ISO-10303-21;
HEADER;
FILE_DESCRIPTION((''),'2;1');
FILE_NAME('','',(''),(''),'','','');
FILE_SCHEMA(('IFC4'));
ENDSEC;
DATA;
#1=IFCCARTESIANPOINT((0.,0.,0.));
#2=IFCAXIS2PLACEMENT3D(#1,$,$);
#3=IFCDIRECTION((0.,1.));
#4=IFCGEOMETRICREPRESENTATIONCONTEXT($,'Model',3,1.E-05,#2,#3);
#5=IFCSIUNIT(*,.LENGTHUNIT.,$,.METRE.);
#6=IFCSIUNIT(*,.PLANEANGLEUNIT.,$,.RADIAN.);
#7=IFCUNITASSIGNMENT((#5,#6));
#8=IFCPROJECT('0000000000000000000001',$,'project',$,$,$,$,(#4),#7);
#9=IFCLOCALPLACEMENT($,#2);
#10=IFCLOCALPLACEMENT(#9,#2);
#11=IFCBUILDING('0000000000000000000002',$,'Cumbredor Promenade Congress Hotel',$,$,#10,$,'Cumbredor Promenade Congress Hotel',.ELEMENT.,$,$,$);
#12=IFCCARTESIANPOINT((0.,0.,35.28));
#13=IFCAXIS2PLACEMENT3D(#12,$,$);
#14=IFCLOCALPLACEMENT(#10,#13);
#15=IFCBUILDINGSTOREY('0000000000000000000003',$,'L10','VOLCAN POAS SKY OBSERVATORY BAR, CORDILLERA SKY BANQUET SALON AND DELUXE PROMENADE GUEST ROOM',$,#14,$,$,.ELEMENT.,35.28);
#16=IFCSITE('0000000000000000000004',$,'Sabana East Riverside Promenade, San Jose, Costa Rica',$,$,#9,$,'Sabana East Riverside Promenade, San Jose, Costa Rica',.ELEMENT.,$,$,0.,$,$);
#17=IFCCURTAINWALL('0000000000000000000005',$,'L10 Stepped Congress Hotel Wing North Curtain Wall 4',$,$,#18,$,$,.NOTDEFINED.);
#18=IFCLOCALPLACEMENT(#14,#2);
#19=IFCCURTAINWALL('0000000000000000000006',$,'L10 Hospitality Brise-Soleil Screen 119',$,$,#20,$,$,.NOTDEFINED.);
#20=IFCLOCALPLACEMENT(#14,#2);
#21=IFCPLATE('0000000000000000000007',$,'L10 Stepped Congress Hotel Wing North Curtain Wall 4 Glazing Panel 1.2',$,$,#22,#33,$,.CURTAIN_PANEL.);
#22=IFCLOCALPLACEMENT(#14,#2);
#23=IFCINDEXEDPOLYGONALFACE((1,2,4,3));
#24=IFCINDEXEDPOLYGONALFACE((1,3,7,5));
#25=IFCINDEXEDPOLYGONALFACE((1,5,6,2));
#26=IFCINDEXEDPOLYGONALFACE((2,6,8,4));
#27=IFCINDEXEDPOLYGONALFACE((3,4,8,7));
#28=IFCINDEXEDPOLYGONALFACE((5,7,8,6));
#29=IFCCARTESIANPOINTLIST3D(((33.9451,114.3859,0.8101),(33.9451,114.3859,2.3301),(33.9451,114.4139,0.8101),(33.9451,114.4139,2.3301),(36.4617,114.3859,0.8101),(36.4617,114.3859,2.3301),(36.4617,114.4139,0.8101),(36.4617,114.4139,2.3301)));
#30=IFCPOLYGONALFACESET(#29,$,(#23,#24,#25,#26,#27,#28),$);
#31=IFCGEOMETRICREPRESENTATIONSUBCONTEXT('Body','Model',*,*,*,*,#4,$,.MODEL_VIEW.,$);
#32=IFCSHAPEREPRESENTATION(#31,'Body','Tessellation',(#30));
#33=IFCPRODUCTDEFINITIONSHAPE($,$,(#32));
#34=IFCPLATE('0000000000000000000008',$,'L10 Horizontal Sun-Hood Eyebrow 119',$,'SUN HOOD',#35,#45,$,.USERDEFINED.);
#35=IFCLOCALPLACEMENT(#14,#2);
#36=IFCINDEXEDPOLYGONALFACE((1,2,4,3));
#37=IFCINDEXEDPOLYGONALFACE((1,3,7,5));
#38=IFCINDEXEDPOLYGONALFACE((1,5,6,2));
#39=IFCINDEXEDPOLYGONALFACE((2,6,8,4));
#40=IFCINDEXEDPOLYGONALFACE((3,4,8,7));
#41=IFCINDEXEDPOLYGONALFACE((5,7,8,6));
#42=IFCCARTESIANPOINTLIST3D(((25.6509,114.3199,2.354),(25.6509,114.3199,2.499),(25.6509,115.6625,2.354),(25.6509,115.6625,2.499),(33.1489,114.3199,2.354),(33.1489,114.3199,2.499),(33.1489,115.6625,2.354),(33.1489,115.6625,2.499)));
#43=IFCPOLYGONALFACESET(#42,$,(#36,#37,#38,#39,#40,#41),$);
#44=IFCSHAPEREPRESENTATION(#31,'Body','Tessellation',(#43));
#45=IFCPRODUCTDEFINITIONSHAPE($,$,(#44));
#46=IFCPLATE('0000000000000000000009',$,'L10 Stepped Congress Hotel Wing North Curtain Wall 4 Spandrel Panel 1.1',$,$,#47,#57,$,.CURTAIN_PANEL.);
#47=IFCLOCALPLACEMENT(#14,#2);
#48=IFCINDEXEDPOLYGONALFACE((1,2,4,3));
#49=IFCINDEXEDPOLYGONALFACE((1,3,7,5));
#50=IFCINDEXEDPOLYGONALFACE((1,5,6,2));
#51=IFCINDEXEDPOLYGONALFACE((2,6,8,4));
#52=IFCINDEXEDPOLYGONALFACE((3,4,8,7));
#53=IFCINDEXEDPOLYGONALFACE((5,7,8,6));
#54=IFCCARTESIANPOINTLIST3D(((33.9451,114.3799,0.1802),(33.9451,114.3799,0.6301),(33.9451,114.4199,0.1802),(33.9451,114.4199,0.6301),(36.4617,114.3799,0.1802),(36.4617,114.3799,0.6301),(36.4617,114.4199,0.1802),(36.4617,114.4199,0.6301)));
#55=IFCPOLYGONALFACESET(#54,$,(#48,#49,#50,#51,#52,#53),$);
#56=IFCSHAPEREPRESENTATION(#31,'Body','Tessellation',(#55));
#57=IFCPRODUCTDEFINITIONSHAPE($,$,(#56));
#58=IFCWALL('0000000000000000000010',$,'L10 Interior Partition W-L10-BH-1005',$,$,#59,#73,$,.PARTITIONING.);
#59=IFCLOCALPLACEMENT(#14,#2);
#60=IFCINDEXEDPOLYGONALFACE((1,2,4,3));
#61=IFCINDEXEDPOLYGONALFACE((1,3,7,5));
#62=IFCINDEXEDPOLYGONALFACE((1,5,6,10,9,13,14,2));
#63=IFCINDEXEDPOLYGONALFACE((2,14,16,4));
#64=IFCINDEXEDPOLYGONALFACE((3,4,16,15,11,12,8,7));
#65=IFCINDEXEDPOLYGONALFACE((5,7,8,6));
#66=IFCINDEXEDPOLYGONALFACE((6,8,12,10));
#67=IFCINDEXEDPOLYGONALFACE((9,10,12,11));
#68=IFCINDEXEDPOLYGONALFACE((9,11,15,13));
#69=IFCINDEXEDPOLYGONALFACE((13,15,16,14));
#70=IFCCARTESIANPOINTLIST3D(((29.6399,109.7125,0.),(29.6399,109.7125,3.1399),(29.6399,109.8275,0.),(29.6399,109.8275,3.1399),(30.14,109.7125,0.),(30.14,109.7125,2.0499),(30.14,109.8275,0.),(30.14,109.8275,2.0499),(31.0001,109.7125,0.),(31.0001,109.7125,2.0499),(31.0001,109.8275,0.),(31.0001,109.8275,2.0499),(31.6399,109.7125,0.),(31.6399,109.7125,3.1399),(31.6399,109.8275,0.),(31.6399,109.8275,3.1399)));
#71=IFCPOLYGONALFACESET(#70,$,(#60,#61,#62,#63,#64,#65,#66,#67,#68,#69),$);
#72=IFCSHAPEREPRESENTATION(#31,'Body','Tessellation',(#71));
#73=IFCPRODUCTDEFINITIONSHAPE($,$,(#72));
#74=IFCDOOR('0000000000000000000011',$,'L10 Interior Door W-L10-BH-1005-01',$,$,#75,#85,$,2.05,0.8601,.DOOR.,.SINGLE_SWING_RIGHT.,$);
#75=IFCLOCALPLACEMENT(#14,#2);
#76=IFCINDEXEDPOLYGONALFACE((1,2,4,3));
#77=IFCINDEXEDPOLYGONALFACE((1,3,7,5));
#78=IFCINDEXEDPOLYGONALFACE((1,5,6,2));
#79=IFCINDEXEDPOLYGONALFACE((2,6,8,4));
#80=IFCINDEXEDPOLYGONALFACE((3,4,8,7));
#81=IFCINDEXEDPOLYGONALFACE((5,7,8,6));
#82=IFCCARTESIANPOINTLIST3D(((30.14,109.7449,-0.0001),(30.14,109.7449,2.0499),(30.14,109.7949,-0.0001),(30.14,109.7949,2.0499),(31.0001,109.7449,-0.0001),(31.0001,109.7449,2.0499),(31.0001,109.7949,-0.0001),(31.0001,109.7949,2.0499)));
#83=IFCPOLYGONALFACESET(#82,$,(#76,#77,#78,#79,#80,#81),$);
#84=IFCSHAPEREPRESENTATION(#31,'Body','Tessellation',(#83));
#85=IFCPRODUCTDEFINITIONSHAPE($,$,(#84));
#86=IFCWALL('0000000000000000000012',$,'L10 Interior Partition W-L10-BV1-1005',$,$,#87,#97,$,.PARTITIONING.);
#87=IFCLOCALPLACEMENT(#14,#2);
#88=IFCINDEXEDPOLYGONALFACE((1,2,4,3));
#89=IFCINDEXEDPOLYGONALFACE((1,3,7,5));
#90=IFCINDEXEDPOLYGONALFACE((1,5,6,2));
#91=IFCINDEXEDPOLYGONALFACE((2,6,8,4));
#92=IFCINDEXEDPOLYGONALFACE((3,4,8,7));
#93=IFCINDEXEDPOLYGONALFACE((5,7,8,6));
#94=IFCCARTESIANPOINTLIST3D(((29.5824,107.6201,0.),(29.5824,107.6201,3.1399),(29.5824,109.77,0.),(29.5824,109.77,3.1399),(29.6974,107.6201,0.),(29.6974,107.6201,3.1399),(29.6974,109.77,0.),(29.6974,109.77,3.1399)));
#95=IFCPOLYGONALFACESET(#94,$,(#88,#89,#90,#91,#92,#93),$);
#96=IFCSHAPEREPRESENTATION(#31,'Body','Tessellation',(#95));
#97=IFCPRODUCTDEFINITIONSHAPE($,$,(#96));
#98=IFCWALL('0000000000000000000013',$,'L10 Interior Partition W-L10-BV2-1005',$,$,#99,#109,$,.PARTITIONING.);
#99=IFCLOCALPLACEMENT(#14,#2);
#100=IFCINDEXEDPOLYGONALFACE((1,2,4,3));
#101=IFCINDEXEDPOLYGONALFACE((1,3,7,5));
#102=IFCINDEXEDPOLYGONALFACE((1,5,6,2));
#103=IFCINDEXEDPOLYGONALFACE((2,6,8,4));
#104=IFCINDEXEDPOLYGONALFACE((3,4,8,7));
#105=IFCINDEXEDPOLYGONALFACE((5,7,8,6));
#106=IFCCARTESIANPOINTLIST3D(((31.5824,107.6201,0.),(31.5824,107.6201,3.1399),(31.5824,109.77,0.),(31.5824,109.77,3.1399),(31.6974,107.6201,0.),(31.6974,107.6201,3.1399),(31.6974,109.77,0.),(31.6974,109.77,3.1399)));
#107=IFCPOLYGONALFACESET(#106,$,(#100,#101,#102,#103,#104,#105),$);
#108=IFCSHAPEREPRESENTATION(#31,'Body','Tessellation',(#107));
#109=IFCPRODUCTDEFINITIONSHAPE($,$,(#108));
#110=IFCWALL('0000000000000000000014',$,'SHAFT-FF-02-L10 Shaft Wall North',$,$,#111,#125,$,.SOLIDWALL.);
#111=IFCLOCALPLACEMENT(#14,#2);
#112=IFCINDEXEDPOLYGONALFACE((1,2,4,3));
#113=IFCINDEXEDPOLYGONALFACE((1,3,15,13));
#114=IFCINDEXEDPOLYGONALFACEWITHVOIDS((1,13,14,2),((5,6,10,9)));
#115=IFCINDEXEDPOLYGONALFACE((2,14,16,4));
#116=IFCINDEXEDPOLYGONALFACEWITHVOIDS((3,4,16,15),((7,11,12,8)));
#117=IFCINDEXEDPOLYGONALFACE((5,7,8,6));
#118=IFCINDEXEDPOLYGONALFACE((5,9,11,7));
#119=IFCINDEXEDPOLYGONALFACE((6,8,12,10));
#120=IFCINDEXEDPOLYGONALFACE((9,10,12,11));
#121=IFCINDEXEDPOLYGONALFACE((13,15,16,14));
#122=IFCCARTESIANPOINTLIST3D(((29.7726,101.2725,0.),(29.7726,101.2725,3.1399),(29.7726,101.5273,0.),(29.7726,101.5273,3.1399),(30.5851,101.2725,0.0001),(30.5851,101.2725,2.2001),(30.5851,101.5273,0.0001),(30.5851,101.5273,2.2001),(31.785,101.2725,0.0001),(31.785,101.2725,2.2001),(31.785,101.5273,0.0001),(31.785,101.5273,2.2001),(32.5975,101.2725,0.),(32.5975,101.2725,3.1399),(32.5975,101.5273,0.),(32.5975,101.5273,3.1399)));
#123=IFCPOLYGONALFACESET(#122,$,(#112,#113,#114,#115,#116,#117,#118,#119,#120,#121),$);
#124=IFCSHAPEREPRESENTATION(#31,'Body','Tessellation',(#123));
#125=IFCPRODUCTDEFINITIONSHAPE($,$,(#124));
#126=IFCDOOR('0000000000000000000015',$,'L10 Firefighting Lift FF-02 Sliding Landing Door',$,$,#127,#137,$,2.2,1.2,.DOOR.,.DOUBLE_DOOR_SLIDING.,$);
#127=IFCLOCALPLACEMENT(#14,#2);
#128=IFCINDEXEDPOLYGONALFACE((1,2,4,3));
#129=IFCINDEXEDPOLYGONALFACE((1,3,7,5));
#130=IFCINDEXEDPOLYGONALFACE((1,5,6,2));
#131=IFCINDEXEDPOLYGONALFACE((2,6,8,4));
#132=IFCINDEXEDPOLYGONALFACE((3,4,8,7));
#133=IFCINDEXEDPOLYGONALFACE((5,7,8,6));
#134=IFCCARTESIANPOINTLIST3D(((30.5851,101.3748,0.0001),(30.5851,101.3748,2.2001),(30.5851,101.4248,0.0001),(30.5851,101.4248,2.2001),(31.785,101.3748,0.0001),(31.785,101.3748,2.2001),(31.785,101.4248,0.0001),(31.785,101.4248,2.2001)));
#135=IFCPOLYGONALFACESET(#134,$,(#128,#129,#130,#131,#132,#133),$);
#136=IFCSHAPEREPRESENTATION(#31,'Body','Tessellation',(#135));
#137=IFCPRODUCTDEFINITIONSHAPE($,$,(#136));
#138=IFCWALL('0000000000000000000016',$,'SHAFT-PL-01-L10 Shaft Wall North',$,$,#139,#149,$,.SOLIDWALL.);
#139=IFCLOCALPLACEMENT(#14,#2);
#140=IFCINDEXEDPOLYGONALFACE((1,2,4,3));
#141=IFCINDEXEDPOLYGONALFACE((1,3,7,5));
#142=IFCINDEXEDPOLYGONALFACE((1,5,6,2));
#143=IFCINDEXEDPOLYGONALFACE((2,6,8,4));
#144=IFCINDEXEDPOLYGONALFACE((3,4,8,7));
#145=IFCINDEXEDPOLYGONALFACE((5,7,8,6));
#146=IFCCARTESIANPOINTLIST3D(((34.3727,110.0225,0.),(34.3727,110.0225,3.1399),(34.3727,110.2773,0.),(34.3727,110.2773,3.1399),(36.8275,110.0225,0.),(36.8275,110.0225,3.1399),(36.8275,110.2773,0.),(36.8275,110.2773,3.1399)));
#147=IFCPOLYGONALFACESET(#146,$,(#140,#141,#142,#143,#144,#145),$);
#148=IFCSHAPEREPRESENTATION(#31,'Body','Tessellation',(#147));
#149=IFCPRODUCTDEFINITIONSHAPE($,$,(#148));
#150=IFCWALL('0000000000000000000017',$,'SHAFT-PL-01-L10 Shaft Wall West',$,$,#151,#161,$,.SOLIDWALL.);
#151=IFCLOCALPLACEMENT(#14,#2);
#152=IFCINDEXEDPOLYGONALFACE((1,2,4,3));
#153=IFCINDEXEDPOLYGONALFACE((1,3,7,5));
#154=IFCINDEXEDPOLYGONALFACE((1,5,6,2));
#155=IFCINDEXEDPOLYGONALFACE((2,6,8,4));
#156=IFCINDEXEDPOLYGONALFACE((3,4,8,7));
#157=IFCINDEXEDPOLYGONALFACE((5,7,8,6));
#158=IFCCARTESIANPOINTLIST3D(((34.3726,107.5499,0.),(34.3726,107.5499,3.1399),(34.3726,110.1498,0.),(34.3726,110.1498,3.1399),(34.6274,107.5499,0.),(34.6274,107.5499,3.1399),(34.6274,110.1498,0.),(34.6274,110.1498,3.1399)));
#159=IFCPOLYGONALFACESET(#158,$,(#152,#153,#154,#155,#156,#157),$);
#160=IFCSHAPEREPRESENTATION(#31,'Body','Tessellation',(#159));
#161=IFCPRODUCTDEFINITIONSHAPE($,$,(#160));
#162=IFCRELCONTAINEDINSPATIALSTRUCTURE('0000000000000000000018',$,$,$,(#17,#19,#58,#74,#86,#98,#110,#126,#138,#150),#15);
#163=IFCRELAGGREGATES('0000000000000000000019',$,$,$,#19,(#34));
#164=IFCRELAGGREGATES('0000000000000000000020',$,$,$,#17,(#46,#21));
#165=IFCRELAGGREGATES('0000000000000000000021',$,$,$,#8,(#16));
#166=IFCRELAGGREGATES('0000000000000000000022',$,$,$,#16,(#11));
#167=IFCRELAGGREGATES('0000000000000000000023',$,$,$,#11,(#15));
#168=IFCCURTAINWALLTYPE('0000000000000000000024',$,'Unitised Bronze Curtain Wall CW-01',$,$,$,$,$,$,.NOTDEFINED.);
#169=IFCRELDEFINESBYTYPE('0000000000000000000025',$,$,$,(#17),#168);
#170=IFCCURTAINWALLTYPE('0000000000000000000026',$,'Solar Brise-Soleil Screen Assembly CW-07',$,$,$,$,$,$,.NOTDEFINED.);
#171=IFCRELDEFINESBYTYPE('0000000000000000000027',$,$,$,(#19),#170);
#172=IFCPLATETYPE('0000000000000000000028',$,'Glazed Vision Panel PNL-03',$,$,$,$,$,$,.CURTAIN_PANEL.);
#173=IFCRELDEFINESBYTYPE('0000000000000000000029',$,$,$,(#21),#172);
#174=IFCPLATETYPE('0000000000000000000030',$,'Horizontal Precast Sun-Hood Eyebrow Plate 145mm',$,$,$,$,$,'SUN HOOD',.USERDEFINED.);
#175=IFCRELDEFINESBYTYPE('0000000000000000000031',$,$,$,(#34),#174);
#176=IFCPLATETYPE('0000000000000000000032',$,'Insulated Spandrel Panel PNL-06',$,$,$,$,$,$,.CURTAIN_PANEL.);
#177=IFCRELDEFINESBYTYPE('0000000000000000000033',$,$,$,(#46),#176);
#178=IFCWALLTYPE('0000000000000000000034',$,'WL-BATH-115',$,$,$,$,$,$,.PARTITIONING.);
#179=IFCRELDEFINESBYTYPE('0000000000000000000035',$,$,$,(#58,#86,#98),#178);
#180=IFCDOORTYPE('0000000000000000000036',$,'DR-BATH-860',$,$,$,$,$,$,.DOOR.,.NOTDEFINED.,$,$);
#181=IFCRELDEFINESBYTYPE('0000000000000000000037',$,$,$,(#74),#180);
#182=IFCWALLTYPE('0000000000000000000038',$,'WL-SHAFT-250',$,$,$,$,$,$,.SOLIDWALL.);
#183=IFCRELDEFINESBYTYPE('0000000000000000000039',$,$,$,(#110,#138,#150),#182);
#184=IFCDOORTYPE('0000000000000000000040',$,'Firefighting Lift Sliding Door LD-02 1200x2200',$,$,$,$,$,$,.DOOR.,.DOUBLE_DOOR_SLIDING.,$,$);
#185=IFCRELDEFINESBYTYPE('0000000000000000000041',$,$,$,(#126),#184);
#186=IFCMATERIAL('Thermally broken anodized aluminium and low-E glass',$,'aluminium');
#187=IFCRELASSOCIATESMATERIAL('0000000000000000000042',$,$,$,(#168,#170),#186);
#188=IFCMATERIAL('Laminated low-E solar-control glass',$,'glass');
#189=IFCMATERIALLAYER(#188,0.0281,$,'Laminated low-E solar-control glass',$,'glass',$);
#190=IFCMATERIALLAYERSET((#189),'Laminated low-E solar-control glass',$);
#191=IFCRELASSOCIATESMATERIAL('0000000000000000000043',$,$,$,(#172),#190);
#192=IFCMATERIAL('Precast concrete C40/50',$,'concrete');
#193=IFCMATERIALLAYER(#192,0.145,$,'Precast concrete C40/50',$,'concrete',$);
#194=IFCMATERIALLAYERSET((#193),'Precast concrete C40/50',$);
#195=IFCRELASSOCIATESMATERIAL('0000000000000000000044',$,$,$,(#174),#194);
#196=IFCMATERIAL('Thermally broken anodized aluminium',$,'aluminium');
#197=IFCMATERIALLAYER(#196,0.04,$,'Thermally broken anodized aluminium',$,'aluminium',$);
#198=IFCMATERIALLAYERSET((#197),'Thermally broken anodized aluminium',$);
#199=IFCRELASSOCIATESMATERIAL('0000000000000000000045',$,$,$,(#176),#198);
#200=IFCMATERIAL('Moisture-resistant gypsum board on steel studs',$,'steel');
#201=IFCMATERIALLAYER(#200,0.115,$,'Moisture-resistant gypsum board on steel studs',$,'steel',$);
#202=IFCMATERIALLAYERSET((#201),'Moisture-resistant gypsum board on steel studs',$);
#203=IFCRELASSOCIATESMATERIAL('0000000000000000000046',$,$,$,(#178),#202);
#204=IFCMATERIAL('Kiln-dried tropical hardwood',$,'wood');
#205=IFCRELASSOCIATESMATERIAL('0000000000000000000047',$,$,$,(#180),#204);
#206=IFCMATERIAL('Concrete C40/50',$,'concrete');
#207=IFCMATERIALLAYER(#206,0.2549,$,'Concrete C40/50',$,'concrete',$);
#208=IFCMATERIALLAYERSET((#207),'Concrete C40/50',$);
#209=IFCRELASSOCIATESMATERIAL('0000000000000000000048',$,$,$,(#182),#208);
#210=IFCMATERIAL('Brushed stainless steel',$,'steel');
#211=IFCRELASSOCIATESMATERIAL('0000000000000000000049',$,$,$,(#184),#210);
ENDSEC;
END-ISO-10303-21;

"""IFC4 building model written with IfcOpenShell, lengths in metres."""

from ifc_helpers import new_model, si_unit, direction, frame, frame_2d, origin, origin_2d, place, context, subcontext, project, spatial, rectangle, extrude, material, layer, layer_set, type_object, element, fill, aggregate, save


model = new_model("IFC4")

# Units and contexts
model_context = context("Model", 3, precision=1e-05, world=origin(), true_north=direction((0.0, 1.0)))
body_context = subcontext(model_context, "Body", "Model", "MODEL_VIEW")
ifc_project = project(units=[si_unit("LENGTHUNIT", "METRE"), si_unit("PLANEANGLEUNIT", "RADIAN")], contexts=[model_context])

# Site, building, storey
site_placement = place(None, origin())
site = spatial("IfcSite", under=ifc_project, at=site_placement, Name="Sabana East Riverside Promenade, San Jose, Costa Rica", LongName="Sabana East Riverside Promenade, San Jose, Costa Rica", CompositionType="ELEMENT", RefElevation=0.0)
building_placement = place(site_placement, origin())
building = spatial("IfcBuilding", under=site, at=building_placement, Name="Cumbredor Promenade Congress Hotel", LongName="Cumbredor Promenade Congress Hotel", CompositionType="ELEMENT")
storey_placement = place(building_placement, frame((0.0, 0.0, 35.28)))
storey = spatial("IfcBuildingStorey", under=building, at=storey_placement, Name="L10", Description="VOLCAN POAS SKY OBSERVATORY BAR, CORDILLERA SKY BANQUET SALON AND DELUXE PROMENADE GUEST ROOM", CompositionType="ELEMENT", Elevation=35.28)

# Shared definitions
ifc_material_1 = material(Name="Concrete C40/50", Category="concrete")

# Curtain wall
ifc_material_2 = material(Name="Thermally broken anodized aluminium and low-E glass", Category="aluminium")
curtain_wall_type_1 = type_object("IfcCurtainWallType", Name="Unitised Bronze Curtain Wall CW-01", PredefinedType="NOTDEFINED", material=ifc_material_2)
curtain_wall_1_placement = place(storey_placement, origin())
curtain_wall_1 = element("IfcCurtainWall", 1, at=curtain_wall_1_placement, inside=storey, type_object=curtain_wall_type_1, Name="L10 Stepped Congress Hotel Wing North Curtain Wall 4", PredefinedType="NOTDEFINED")
ifc_material_3 = material(Name="Thermally broken anodized aluminium", Category="aluminium")

# Curtain wall
curtain_wall_type_2 = type_object("IfcCurtainWallType", Name="Solar Brise-Soleil Screen Assembly CW-07", PredefinedType="NOTDEFINED", material=ifc_material_2)
curtain_wall_2_placement = place(storey_placement, origin())
curtain_wall_2 = element("IfcCurtainWall", 2, at=curtain_wall_2_placement, inside=storey, type_object=curtain_wall_type_2, Name="L10 Hospitality Brise-Soleil Screen 119", PredefinedType="NOTDEFINED")

# Plates
ifc_material_4 = material(Name="Laminated low-E solar-control glass", Category="glass")
ifc_layer_1 = layer(ifc_material_4, 0.0281, Name="Laminated low-E solar-control glass", Category="glass")
ifc_layer_set_1 = layer_set([ifc_layer_1], Name="Laminated low-E solar-control glass")
plate_type_1 = type_object("IfcPlateType", Name="Glazed Vision Panel PNL-03", PredefinedType="CURTAIN_PANEL", material=ifc_layer_set_1)
plate_1_placement = place(storey_placement, frame((35.2034, 114.3999, 0.8101), z_axis=(0.0, 0.0, 1.0), x_axis=(1.0, 0.0, 0.0)))
plate_1 = element("IfcPlate", 3, at=plate_1_placement, type_object=plate_type_1, Name="L10 Stepped Congress Hotel Wing North Curtain Wall 4 Glazing Panel 1.2", PredefinedType="CURTAIN_PANEL", context=body_context, shape_type="SweptSolid", body=[
    extrude(rectangle(XDim=2.5166, YDim=0.0281, at=origin_2d()), origin(), (0.0, 0.0, 1.0), 1.52),
])
ifc_material_5 = material(Name="Precast concrete C40/50", Category="concrete")
ifc_layer_2 = layer(ifc_material_5, 0.145, Name="Precast concrete C40/50", Category="concrete")
ifc_layer_set_2 = layer_set([ifc_layer_2], Name="Precast concrete C40/50")
plate_type_2 = type_object("IfcPlateType", Name="Horizontal Precast Sun-Hood Eyebrow Plate 145mm", ElementType="SUN HOOD", PredefinedType="USERDEFINED", material=ifc_layer_set_2)
plate_2_placement = place(storey_placement, frame((29.3999, 114.9912, 2.354), z_axis=(0.0, 0.0, 1.0), x_axis=(1.0, 0.0, 0.0)))
plate_2 = element("IfcPlate", 4, at=plate_2_placement, type_object=plate_type_2, Name="L10 Horizontal Sun-Hood Eyebrow 119", ObjectType="SUN HOOD", PredefinedType="USERDEFINED", context=body_context, shape_type="SweptSolid", body=[
    extrude(rectangle(XDim=7.498, YDim=1.3425, at=origin_2d()), origin(), (0.0, 0.0, 1.0), 0.145),
])
aggregate(curtain_wall_2, [plate_2])
ifc_layer_3 = layer(ifc_material_3, 0.04, Name="Thermally broken anodized aluminium", Category="aluminium")
ifc_layer_set_3 = layer_set([ifc_layer_3], Name="Thermally broken anodized aluminium")
plate_type_3 = type_object("IfcPlateType", Name="Insulated Spandrel Panel PNL-06", PredefinedType="CURTAIN_PANEL", material=ifc_layer_set_3)
plate_3_placement = place(storey_placement, frame((35.2034, 114.3999, 0.1802), z_axis=(0.0, 0.0, 1.0), x_axis=(1.0, 0.0, 0.0)))
plate_3 = element("IfcPlate", 5, at=plate_3_placement, type_object=plate_type_3, Name="L10 Stepped Congress Hotel Wing North Curtain Wall 4 Spandrel Panel 1.1", PredefinedType="CURTAIN_PANEL", context=body_context, shape_type="SweptSolid", body=[
    extrude(rectangle(XDim=2.5166, YDim=0.04, at=origin_2d()), origin(), (0.0, 0.0, 1.0), 0.45),
])
aggregate(curtain_wall_1, [plate_3, plate_1])

# Wall, opening, door
ifc_material_6 = material(Name="Moisture-resistant gypsum board on steel studs", Category="steel")
ifc_layer_4 = layer(ifc_material_6, 0.115, Name="Moisture-resistant gypsum board on steel studs", Category="steel")
ifc_layer_set_4 = layer_set([ifc_layer_4], Name="Moisture-resistant gypsum board on steel studs")
wall_type_1 = type_object("IfcWallType", Name="WL-BATH-115", PredefinedType="PARTITIONING", material=ifc_layer_set_4)
wall_1_placement = place(storey_placement, frame((29.6399, 109.77, 0.0), z_axis=(0.0, 0.0, 1.0), x_axis=(1.0, 0.0, 0.0)))
wall_1 = element("IfcWall", 6, at=wall_1_placement, inside=storey, type_object=wall_type_1, Name="L10 Interior Partition W-L10-BH-1005", PredefinedType="PARTITIONING", context=body_context, shape_type="SweptSolid", body=[
    extrude(rectangle(XDim=2.0, YDim=0.115, at=frame_2d((1.0, 0.0))), origin(), (0.0, 0.0, 1.0), 3.1399),
])
opening_1_placement = place(wall_1_placement, frame((0.5, 0.0, 0.0)))
opening_1 = element("IfcOpeningElement", 7, at=opening_1_placement, cuts=wall_1, PredefinedType="OPENING", context=body_context, shape_type="SweptSolid", body=[
    extrude(rectangle(XDim=0.8601, YDim=2.05, at=frame_2d((0.4302, 1.0249))), frame((0.0, 0.0674, 0.0), z_axis=(0.0, -1.0, 0.0), x_axis=(1.0, 0.0, 0.0)), (0.0, 0.0, 1.0), 0.135),
])
ifc_material_7 = material(Name="Kiln-dried tropical hardwood", Category="wood")
door_type_1 = type_object("IfcDoorType", Name="DR-BATH-860", OperationType="NOTDEFINED", PredefinedType="DOOR", material=ifc_material_7)
door_1_placement = place(opening_1_placement, origin())
door_1 = element("IfcDoor", 8, at=door_1_placement, inside=storey, type_object=door_type_1, Name="L10 Interior Door W-L10-BH-1005-01", OperationType="SINGLE_SWING_RIGHT", OverallHeight=2.05, OverallWidth=0.8601, PredefinedType="DOOR", context=body_context, shape_type="SweptSolid", body=[
    extrude(rectangle(XDim=0.8601, YDim=2.05, at=frame_2d((0.4302, 1.0249))), frame((0.0, 0.0249, 0.0), z_axis=(0.0, -1.0, 0.0), x_axis=(1.0, 0.0, 0.0)), (0.0, 0.0, 1.0), 0.05),
])
fill(opening_1, door_1)

# Walls
for number, where, z_axis, x_axis, name in (
    (9, (29.6399, 107.6201, 0.0), (0.0, 0.0, 1.0), (0.0, 1.0, 0.0), "L10 Interior Partition W-L10-BV1-1005"),
    (10, (31.6399, 107.6201, 0.0), (0.0, 0.0, 1.0), (0.0, 1.0, 0.0), "L10 Interior Partition W-L10-BV2-1005"),
):
    element("IfcWall", number, at=place(storey_placement, frame(where, z_axis=z_axis, x_axis=x_axis)), inside=storey, type_object=wall_type_1, Name=name, PredefinedType="PARTITIONING", context=body_context, shape_type="SweptSolid", body=[
        extrude(rectangle(XDim=2.1499, YDim=0.115, at=frame_2d((1.075, 0.0))), origin(), (0.0, 0.0, 1.0), 3.1399),
    ])

# Wall, opening, door
ifc_layer_5 = layer(ifc_material_1, 0.2549, Name="Concrete C40/50", Category="concrete")
ifc_layer_set_5 = layer_set([ifc_layer_5], Name="Concrete C40/50")
wall_type_2 = type_object("IfcWallType", Name="WL-SHAFT-250", PredefinedType="SOLIDWALL", material=ifc_layer_set_5)
wall_2_placement = place(storey_placement, frame((29.7725, 101.3999, 0.0), z_axis=(0.0, 0.0, 1.0), x_axis=(1.0, 0.0, 0.0)))
wall_2 = element("IfcWall", 11, at=wall_2_placement, inside=storey, type_object=wall_type_2, Name="SHAFT-FF-02-L10 Shaft Wall North", PredefinedType="SOLIDWALL", context=body_context, shape_type="SweptSolid", body=[
    extrude(rectangle(XDim=2.825, YDim=0.2549, at=frame_2d((1.4126, 0.0))), origin(), (0.0, 0.0, 1.0), 3.1399),
])
opening_2_placement = place(wall_2_placement, frame((0.8125, 0.0, 0.0)))
opening_2 = element("IfcOpeningElement", 12, at=opening_2_placement, cuts=wall_2, PredefinedType="OPENING", context=body_context, shape_type="SweptSolid", body=[
    extrude(rectangle(XDim=1.2, YDim=2.2, at=frame_2d((0.6001, 1.1001))), frame((0.0, 0.1375, 0.0), z_axis=(0.0, -1.0, 0.0), x_axis=(1.0, 0.0, 0.0)), (0.0, 0.0, 1.0), 0.2749),
])
ifc_material_8 = material(Name="Brushed stainless steel", Category="steel")
door_type_2 = type_object("IfcDoorType", Name="Firefighting Lift Sliding Door LD-02 1200x2200", OperationType="DOUBLE_DOOR_SLIDING", PredefinedType="DOOR", material=ifc_material_8)
door_2_placement = place(opening_2_placement, origin())
door_2 = element("IfcDoor", 13, at=door_2_placement, inside=storey, type_object=door_type_2, Name="L10 Firefighting Lift FF-02 Sliding Landing Door", OperationType="DOUBLE_DOOR_SLIDING", OverallHeight=2.2, OverallWidth=1.2, PredefinedType="DOOR", context=body_context, shape_type="SweptSolid", body=[
    extrude(rectangle(XDim=1.2, YDim=2.2, at=frame_2d((0.6001, 1.1001))), frame((0.0, 0.0249, 0.0), z_axis=(0.0, -1.0, 0.0), x_axis=(1.0, 0.0, 0.0)), (0.0, 0.0, 1.0), 0.05),
])
fill(opening_2, door_2)

# Walls
wall_3_placement = place(storey_placement, frame((34.3726, 110.1499, 0.0), z_axis=(0.0, 0.0, 1.0), x_axis=(1.0, 0.0, 0.0)))
element("IfcWall", 14, at=wall_3_placement, inside=storey, type_object=wall_type_2, Name="SHAFT-PL-01-L10 Shaft Wall North", PredefinedType="SOLIDWALL", context=body_context, shape_type="SweptSolid", body=[
    extrude(rectangle(XDim=2.4548, YDim=0.2549, at=frame_2d((1.2275, 0.0))), origin(), (0.0, 0.0, 1.0), 3.1399),
])
wall_4_placement = place(storey_placement, frame((34.5, 107.55, 0.0), z_axis=(0.0, 0.0, 1.0), x_axis=(0.0, 1.0, 0.0)))
element("IfcWall", 15, at=wall_4_placement, inside=storey, type_object=wall_type_2, Name="SHAFT-PL-01-L10 Shaft Wall West", PredefinedType="SOLIDWALL", context=body_context, shape_type="SweptSolid", body=[
    extrude(rectangle(XDim=2.5999, YDim=0.2549, at=frame_2d((1.2998, 0.0))), origin(), (0.0, 0.0, 1.0), 3.1399),
])

save(model, "model.ifc")
